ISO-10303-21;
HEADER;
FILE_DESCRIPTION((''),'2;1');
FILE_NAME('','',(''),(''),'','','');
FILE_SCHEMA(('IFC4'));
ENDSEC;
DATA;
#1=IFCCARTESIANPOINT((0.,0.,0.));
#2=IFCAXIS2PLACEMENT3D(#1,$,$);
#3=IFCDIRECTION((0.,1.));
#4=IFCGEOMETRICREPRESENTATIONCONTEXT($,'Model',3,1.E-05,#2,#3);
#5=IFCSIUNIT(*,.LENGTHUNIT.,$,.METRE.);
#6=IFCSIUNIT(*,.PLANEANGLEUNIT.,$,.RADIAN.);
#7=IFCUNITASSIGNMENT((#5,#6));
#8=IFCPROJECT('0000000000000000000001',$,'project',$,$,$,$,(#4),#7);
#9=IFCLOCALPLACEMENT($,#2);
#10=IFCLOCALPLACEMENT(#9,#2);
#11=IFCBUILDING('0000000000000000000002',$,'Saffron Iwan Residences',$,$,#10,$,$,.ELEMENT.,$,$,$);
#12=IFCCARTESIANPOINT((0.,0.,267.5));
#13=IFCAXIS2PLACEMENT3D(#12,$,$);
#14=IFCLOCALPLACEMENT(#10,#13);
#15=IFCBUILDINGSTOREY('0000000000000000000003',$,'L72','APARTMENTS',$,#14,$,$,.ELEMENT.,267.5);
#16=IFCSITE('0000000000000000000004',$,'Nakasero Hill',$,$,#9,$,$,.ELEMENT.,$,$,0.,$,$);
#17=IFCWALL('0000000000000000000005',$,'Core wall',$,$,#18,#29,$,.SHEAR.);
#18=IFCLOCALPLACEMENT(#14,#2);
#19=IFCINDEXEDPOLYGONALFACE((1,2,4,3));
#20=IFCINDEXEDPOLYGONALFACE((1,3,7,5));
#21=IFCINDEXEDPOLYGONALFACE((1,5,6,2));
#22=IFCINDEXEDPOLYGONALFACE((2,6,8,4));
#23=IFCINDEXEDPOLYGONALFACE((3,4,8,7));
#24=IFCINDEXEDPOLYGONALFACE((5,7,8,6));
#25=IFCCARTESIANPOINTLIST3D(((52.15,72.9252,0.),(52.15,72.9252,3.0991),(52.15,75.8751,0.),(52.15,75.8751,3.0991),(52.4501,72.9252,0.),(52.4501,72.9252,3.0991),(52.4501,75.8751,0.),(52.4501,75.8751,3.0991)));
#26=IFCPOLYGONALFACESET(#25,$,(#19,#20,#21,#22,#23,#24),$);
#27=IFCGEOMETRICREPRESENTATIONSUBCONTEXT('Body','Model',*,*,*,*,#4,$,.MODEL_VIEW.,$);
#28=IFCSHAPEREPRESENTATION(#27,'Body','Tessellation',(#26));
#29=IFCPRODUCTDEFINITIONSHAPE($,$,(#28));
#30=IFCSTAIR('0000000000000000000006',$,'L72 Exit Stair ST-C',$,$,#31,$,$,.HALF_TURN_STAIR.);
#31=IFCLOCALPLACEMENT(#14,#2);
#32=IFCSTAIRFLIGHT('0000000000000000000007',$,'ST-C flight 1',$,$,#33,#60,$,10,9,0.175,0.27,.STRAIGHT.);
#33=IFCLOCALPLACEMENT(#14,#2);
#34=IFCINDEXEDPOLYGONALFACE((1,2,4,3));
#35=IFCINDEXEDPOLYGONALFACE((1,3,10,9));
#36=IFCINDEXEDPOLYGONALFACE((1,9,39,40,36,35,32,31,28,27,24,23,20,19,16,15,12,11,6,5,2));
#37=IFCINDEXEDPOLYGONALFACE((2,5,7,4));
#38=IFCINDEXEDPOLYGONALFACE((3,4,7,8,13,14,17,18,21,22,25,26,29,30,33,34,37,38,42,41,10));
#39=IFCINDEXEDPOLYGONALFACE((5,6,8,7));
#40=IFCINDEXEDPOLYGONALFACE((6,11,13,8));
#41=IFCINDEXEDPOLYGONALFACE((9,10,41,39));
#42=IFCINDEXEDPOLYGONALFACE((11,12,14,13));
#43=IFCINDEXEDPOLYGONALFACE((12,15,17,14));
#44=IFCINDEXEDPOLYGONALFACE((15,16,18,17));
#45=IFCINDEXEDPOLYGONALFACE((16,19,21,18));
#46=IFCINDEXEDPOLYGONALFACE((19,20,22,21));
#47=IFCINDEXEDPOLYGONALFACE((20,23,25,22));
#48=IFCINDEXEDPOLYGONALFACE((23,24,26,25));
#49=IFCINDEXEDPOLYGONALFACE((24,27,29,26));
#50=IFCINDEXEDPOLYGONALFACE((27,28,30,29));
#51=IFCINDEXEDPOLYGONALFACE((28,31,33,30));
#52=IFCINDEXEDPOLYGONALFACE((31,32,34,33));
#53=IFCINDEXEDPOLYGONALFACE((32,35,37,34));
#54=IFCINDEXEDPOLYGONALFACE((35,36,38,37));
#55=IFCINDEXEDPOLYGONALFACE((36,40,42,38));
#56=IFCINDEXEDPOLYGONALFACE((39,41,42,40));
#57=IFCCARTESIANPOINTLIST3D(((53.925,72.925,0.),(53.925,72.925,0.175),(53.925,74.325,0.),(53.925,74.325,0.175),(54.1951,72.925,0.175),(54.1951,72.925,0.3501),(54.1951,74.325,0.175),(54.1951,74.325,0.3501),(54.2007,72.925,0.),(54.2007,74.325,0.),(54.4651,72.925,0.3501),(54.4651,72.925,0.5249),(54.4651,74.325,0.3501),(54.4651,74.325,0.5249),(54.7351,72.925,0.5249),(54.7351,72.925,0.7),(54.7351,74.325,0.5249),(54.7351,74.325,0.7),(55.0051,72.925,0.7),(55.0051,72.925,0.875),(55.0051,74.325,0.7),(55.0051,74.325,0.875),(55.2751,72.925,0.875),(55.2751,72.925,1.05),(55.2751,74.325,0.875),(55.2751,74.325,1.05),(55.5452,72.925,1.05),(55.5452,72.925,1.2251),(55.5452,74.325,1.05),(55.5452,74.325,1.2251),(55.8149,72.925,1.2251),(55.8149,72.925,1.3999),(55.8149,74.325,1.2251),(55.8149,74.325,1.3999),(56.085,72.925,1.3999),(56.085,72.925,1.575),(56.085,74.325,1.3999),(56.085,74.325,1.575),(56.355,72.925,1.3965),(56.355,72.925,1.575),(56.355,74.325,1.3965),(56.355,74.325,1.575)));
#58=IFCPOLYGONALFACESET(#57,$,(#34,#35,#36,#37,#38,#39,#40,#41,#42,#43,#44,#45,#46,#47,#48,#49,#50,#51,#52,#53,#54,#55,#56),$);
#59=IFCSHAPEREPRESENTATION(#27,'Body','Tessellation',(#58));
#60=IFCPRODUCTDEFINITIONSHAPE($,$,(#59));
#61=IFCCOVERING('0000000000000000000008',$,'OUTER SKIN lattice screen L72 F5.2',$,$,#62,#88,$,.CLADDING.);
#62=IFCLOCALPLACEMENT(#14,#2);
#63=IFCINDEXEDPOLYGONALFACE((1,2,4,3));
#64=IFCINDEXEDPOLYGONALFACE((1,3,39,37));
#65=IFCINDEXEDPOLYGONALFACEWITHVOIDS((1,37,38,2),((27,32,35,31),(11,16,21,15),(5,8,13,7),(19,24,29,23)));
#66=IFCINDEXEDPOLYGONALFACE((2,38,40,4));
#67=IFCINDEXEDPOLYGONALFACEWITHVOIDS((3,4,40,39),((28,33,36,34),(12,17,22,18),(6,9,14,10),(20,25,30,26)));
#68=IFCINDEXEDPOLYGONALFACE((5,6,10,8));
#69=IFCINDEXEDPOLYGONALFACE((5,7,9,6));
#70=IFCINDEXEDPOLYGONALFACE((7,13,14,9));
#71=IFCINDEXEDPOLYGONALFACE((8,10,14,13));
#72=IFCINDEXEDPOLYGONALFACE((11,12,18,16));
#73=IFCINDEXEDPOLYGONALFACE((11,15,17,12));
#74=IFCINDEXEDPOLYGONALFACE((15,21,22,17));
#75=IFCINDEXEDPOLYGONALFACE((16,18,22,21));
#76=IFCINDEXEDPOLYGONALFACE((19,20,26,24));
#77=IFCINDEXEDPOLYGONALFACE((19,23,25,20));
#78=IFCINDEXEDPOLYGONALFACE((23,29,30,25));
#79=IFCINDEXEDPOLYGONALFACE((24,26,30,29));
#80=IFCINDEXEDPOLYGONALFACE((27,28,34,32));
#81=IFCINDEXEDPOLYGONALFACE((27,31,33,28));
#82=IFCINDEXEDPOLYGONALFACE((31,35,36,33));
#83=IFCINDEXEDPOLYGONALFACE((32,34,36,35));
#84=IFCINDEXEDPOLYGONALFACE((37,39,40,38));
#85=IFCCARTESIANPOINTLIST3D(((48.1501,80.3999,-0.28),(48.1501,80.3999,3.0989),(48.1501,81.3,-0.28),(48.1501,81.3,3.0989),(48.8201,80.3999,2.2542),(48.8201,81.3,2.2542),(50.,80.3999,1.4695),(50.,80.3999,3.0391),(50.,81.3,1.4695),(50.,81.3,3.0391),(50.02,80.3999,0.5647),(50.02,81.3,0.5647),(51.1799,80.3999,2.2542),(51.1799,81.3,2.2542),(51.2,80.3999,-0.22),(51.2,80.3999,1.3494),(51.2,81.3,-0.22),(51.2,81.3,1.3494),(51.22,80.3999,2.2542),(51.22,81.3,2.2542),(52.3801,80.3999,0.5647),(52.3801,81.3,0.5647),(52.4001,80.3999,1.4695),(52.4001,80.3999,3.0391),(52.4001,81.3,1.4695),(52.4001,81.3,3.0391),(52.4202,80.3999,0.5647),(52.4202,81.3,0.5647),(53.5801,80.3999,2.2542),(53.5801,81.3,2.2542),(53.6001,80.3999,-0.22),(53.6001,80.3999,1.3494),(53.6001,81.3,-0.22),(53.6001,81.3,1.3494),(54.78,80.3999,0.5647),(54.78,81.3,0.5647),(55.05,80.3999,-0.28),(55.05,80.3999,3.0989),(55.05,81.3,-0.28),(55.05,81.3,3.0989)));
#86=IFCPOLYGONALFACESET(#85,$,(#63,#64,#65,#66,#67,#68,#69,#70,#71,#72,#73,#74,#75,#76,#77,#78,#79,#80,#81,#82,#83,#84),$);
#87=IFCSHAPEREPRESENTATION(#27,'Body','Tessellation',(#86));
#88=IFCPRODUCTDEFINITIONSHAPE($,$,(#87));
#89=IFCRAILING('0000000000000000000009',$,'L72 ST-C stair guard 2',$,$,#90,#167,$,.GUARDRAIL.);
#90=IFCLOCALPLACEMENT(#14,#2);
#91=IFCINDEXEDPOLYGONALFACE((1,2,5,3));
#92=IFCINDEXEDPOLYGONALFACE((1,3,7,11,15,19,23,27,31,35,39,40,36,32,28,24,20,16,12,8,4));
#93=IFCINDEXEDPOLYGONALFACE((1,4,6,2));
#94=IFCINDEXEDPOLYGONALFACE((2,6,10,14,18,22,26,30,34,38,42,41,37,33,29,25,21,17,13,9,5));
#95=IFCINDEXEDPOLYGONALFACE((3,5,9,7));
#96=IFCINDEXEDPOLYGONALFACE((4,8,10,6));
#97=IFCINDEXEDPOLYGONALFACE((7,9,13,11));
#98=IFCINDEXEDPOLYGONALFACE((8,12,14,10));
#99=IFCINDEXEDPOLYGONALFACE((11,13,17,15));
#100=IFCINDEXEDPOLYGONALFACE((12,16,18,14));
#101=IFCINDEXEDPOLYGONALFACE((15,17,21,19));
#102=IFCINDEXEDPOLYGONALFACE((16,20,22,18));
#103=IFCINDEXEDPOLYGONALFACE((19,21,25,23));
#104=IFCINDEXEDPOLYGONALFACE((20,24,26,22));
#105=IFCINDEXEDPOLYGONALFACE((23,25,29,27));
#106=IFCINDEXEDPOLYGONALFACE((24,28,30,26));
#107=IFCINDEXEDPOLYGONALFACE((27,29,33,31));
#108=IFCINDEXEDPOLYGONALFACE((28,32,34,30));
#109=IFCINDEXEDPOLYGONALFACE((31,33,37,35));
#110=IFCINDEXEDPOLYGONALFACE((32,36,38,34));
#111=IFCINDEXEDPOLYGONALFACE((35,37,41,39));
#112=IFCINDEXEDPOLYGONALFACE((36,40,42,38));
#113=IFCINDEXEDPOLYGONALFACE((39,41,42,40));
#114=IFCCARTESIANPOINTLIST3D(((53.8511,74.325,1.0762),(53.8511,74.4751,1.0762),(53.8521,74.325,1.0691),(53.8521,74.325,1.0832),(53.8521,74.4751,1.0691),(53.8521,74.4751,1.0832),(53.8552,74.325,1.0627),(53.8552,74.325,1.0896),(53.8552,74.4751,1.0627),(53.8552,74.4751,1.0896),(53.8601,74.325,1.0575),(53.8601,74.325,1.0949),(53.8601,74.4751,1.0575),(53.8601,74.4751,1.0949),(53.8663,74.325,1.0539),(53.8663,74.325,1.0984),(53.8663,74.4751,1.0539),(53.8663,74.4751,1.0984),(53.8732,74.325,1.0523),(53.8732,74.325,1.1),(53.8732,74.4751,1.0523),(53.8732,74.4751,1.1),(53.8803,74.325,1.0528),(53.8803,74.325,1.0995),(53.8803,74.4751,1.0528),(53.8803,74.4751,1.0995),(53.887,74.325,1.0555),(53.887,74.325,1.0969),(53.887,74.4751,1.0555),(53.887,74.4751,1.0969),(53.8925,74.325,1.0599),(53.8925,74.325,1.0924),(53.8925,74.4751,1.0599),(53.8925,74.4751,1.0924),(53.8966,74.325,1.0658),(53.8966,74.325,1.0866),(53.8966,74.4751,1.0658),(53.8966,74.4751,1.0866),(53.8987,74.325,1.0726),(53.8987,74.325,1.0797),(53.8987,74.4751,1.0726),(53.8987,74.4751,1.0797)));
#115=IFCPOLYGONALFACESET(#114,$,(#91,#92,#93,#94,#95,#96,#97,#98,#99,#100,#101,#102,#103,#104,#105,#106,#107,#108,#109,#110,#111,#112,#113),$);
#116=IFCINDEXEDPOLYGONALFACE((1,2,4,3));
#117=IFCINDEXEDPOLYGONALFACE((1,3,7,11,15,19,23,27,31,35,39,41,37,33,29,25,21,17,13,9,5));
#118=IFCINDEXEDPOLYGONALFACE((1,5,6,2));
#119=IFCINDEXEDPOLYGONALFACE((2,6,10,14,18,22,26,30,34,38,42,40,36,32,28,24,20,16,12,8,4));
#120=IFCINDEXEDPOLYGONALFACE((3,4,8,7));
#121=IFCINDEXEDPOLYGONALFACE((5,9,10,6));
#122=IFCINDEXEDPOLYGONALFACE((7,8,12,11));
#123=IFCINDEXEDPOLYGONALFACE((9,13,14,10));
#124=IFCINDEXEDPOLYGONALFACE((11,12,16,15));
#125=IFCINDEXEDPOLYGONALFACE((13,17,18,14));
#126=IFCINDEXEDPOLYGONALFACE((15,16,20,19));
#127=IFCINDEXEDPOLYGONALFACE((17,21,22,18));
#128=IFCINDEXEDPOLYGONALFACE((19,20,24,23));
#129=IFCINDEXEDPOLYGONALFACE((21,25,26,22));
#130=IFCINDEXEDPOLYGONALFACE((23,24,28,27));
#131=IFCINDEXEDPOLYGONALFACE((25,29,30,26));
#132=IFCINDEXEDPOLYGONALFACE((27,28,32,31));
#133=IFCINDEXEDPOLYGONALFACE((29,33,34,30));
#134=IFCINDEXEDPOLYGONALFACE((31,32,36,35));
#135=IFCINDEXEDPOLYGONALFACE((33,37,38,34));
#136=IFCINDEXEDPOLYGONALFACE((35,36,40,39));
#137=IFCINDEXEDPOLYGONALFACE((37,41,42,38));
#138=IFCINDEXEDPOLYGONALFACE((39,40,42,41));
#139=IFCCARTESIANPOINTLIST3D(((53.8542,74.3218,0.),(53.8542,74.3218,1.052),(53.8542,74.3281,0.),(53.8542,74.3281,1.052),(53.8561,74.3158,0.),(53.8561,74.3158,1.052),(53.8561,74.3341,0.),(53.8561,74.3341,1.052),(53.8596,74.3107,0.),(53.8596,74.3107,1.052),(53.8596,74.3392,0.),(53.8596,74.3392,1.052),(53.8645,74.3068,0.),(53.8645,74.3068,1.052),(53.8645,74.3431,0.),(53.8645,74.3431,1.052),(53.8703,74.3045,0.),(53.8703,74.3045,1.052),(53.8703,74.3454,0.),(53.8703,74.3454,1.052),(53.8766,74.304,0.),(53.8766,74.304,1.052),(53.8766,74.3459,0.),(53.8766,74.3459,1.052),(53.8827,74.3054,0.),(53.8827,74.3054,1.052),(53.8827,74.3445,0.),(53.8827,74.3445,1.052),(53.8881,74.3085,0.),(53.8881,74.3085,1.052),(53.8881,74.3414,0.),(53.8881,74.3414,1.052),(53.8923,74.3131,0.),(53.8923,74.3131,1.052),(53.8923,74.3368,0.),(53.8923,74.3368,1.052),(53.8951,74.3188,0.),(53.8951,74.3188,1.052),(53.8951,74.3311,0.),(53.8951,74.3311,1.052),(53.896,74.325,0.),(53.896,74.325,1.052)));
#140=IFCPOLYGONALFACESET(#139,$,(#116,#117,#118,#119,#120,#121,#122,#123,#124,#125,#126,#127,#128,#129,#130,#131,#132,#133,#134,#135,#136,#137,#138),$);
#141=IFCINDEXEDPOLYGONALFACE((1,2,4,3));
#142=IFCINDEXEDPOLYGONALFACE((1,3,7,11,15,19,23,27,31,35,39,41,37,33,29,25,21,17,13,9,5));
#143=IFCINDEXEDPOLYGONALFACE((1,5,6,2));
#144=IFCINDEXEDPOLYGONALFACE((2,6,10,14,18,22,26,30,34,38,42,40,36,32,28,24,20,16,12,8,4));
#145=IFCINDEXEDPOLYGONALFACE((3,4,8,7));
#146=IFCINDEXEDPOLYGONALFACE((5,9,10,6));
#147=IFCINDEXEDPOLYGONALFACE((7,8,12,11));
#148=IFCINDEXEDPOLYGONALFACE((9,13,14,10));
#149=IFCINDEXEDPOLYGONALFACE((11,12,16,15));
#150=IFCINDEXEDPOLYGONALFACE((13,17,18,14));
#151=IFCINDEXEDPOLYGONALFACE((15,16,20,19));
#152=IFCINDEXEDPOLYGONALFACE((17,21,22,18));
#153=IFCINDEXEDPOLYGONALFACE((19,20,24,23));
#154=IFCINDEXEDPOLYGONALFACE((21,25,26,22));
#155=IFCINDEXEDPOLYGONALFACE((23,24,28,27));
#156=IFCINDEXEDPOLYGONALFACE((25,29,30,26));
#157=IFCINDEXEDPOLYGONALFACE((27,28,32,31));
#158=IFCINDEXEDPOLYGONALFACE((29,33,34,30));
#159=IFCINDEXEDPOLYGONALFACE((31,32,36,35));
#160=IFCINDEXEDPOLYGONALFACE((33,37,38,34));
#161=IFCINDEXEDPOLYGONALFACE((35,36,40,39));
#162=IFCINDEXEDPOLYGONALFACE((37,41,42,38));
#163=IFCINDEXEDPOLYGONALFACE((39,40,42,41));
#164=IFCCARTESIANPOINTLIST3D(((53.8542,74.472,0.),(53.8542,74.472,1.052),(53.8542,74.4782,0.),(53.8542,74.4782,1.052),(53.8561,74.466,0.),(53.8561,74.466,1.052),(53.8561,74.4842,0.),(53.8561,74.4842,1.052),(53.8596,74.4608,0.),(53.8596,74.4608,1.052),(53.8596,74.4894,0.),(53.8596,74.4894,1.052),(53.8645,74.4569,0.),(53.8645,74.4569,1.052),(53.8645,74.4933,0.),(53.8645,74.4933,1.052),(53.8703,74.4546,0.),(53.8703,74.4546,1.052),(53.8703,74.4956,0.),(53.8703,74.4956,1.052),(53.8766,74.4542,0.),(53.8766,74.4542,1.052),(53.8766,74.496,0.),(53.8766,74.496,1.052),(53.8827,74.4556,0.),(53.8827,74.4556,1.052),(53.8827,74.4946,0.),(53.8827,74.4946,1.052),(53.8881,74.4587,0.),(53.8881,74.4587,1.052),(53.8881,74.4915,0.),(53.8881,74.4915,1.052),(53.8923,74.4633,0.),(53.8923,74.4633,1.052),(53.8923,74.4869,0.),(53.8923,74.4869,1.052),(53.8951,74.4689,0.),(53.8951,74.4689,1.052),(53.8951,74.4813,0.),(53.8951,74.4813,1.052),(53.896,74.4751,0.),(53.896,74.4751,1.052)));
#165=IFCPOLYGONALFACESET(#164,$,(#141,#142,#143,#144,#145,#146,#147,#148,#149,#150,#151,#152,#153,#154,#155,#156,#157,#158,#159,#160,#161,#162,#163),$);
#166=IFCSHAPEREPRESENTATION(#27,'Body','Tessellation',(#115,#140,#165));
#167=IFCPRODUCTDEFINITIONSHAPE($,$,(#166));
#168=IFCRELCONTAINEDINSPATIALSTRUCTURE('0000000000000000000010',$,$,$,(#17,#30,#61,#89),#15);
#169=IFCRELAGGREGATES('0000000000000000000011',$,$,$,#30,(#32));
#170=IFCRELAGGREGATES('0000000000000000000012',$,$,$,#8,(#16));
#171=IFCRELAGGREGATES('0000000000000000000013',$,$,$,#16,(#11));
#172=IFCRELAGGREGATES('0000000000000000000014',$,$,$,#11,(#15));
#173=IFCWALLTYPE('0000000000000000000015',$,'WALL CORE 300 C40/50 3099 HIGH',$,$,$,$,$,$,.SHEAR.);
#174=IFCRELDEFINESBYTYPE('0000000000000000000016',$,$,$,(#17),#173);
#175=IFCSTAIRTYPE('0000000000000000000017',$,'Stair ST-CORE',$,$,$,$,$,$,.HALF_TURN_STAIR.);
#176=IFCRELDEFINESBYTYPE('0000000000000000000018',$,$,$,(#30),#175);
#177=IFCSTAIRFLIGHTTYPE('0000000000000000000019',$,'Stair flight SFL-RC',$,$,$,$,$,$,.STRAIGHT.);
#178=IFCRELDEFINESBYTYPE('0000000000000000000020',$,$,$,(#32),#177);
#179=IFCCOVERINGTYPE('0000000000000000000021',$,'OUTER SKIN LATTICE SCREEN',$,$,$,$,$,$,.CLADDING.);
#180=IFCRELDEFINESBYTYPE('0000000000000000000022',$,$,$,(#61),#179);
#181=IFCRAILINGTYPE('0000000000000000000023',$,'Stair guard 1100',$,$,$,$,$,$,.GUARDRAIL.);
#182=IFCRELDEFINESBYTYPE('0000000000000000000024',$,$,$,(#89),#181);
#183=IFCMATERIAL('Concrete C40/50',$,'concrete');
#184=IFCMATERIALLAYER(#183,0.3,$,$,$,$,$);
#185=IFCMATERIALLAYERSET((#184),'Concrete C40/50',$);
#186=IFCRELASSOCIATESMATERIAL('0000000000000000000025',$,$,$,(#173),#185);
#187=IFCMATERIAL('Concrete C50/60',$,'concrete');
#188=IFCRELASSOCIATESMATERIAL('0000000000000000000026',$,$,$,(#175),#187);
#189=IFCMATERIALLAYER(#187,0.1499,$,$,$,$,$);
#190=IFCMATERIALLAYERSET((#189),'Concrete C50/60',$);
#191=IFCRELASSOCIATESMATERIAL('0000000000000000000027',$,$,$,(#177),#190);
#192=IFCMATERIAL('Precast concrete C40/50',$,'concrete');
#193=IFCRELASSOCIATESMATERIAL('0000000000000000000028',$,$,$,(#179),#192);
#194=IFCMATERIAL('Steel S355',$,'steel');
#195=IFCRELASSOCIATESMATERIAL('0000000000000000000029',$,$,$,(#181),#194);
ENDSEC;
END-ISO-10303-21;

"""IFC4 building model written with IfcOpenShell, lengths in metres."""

from ifc_helpers import new_model, si_unit, direction, frame, frame_2d, origin, origin_2d, place, context, subcontext, project, spatial, polyline, rectangle, circle, outline, extrude, material, layer, layer_set, type_object, element, aggregate, save


model = new_model("IFC4")

# Units and contexts
model_context = context("Model", 3, precision=1e-05, world=origin(), true_north=direction((0.0, 1.0)))
body_context = subcontext(model_context, "Body", "Model", "MODEL_VIEW")
ifc_project = project(units=[si_unit("LENGTHUNIT", "METRE"), si_unit("PLANEANGLEUNIT", "RADIAN")], contexts=[model_context])

# Site, building, storey
site_placement = place(None, origin())
site = spatial("IfcSite", under=ifc_project, at=site_placement, Name="Nakasero Hill", CompositionType="ELEMENT", RefElevation=0.0)
building_placement = place(site_placement, origin())
building = spatial("IfcBuilding", under=site, at=building_placement, Name="Saffron Iwan Residences", CompositionType="ELEMENT")
storey_placement = place(building_placement, frame((0.0, 0.0, 267.5)))
storey = spatial("IfcBuildingStorey", under=building, at=storey_placement, Name="L72", Description="APARTMENTS", CompositionType="ELEMENT", Elevation=267.5)

# Shared definitions
ifc_material_1 = material(Name="Concrete C40/50", Category="concrete")

# Wall
ifc_layer_1 = layer(ifc_material_1, 0.3)
ifc_layer_set_1 = layer_set([ifc_layer_1], Name="Concrete C40/50")
wall_type_1 = type_object("IfcWallType", Name="WALL CORE 300 C40/50 3099 HIGH", PredefinedType="SHEAR", material=ifc_layer_set_1)
for number, where, z_axis, x_axis, name in (
    (1, (52.3, 72.925, 0.0), (0.0, 0.0, 1.0), (0.0, 1.0, 0.0), "Core wall"),
):
    element("IfcWall", number, at=place(storey_placement, frame(where, z_axis=z_axis, x_axis=x_axis)), inside=storey, type_object=wall_type_1, Name=name, PredefinedType="SHEAR", context=body_context, shape_type="SweptSolid", body=[
        extrude(rectangle(XDim=2.95, YDim=0.3, at=frame_2d((1.4751, 0.0))), origin(), (0.0, 0.0, 1.0), 3.0991),
    ])

# Stair, stair flight
ifc_material_2 = material(Name="Concrete C50/60", Category="concrete")
stair_type = type_object("IfcStairType", Name="Stair ST-CORE", PredefinedType="HALF_TURN_STAIR", material=ifc_material_2)
stair_placement = place(storey_placement, origin())
stair = element("IfcStair", 2, at=stair_placement, inside=storey, type_object=stair_type, Name="L72 Exit Stair ST-C", PredefinedType="HALF_TURN_STAIR")
ifc_layer_2 = layer(ifc_material_2, 0.1499)
ifc_layer_set_2 = layer_set([ifc_layer_2], Name="Concrete C50/60")
stair_flight_type = type_object("IfcStairFlightType", Name="Stair flight SFL-RC", PredefinedType="STRAIGHT", material=ifc_layer_set_2)
stair_flight_placement = place(storey_placement, frame((53.925, 73.625, 0.0), z_axis=(0.0, 0.0, 1.0), x_axis=(1.0, 0.0, 0.0)))
stair_flight = element("IfcStairFlight", 3, at=stair_flight_placement, type_object=stair_flight_type, Name="ST-C flight 1", NumberOfRisers=10, NumberOfTreads=9, PredefinedType="STRAIGHT", RiserHeight=0.175, TreadLength=0.27, context=body_context, shape_type="SweptSolid", body=[
    extrude(outline(polyline([(0.0, 0.0), (0.0, 0.175), (0.27, 0.175), (0.27, 0.3501), (0.54, 0.3501), (0.54, 0.5249), (0.8101, 0.5249), (0.8101, 0.7), (1.0801, 0.7), (1.0801, 0.875), (1.3501, 0.875), (1.3501, 1.05), (1.6201, 1.05), (1.6201, 1.2251), (1.8899, 1.2251), (1.8899, 1.3999), (2.1599, 1.3999), (2.1599, 1.575), (2.4299, 1.575), (2.4299, 1.75), (2.4299, 1.3965), (0.2756, 0.0), (0.0, 0.0)])), frame((0.0, 0.7, 0.0), z_axis=(0.0, -1.0, 0.0), x_axis=(1.0, 0.0, 0.0)), (0.0, 0.0, 1.0), 1.3999),
])
aggregate(stair, [stair_flight])

# Covering
ifc_material_3 = material(Name="Precast concrete C40/50", Category="concrete")
covering_type_1 = type_object("IfcCoveringType", Name="OUTER SKIN LATTICE SCREEN", PredefinedType="CLADDING", material=ifc_material_3)
covering_1_placement = place(storey_placement, frame((55.05, 80.3999, -0.28), z_axis=(0.0, 1.0, 0.0), x_axis=(-1.0, 0.0, 0.0)))
element("IfcCovering", 4, at=covering_1_placement, inside=storey, type_object=covering_type_1, Name="OUTER SKIN lattice screen L72 F5.2", PredefinedType="CLADDING", context=body_context, shape_type="SweptSolid", body=[
    extrude(outline(polyline([(0.0, 0.0), (6.8999, 0.0), (6.8999, 3.3789), (0.0, 3.3789), (0.0, 0.0)]), holes=[polyline([(0.27, 0.8447), (1.45, 0.0601), (2.6299, 0.8447), (1.45, 1.6294), (0.27, 0.8447)]), polyline([(2.6699, 0.8447), (3.8501, 0.0601), (5.03, 0.8447), (3.8501, 1.6294), (2.6699, 0.8447)]), polyline([(1.47, 2.5342), (2.6499, 1.7495), (3.8301, 2.5342), (2.6499, 3.3191), (1.47, 2.5342)]), polyline([(3.8701, 2.5342), (5.05, 1.7495), (6.23, 2.5342), (5.05, 3.3191), (3.8701, 2.5342)])]), origin(), (0.0, 0.0, 1.0), 0.9001),
])

# Railing
ifc_material_4 = material(Name="Steel S355", Category="steel")
railing_type_1 = type_object("IfcRailingType", Name="Stair guard 1100", PredefinedType="GUARDRAIL", material=ifc_material_4)
railing_1_placement = place(storey_placement, frame((53.875, 74.325, 0.0)))
element("IfcRailing", 5, at=railing_1_placement, inside=storey, type_object=railing_type_1, Name="L72 ST-C stair guard 2", PredefinedType="GUARDRAIL", context=body_context, shape_type="SweptSolid", body=[
    extrude(circle(Radius=0.0239, at=origin_2d()), frame((0.0, 0.0, 1.0762), z_axis=(0.0, 1.0, 0.0), x_axis=(-1.0, 0.0, 0.0)), (0.0, 0.0, 1.0), 0.1501),
    extrude(circle(Radius=0.021, at=origin_2d()), origin(), (0.0, 0.0, 1.0), 1.052),
    extrude(circle(Radius=0.021, at=origin_2d()), frame((0.0, 0.1501, 0.0)), (0.0, 0.0, 1.0), 1.052),
])

save(model, "model.ifc")
